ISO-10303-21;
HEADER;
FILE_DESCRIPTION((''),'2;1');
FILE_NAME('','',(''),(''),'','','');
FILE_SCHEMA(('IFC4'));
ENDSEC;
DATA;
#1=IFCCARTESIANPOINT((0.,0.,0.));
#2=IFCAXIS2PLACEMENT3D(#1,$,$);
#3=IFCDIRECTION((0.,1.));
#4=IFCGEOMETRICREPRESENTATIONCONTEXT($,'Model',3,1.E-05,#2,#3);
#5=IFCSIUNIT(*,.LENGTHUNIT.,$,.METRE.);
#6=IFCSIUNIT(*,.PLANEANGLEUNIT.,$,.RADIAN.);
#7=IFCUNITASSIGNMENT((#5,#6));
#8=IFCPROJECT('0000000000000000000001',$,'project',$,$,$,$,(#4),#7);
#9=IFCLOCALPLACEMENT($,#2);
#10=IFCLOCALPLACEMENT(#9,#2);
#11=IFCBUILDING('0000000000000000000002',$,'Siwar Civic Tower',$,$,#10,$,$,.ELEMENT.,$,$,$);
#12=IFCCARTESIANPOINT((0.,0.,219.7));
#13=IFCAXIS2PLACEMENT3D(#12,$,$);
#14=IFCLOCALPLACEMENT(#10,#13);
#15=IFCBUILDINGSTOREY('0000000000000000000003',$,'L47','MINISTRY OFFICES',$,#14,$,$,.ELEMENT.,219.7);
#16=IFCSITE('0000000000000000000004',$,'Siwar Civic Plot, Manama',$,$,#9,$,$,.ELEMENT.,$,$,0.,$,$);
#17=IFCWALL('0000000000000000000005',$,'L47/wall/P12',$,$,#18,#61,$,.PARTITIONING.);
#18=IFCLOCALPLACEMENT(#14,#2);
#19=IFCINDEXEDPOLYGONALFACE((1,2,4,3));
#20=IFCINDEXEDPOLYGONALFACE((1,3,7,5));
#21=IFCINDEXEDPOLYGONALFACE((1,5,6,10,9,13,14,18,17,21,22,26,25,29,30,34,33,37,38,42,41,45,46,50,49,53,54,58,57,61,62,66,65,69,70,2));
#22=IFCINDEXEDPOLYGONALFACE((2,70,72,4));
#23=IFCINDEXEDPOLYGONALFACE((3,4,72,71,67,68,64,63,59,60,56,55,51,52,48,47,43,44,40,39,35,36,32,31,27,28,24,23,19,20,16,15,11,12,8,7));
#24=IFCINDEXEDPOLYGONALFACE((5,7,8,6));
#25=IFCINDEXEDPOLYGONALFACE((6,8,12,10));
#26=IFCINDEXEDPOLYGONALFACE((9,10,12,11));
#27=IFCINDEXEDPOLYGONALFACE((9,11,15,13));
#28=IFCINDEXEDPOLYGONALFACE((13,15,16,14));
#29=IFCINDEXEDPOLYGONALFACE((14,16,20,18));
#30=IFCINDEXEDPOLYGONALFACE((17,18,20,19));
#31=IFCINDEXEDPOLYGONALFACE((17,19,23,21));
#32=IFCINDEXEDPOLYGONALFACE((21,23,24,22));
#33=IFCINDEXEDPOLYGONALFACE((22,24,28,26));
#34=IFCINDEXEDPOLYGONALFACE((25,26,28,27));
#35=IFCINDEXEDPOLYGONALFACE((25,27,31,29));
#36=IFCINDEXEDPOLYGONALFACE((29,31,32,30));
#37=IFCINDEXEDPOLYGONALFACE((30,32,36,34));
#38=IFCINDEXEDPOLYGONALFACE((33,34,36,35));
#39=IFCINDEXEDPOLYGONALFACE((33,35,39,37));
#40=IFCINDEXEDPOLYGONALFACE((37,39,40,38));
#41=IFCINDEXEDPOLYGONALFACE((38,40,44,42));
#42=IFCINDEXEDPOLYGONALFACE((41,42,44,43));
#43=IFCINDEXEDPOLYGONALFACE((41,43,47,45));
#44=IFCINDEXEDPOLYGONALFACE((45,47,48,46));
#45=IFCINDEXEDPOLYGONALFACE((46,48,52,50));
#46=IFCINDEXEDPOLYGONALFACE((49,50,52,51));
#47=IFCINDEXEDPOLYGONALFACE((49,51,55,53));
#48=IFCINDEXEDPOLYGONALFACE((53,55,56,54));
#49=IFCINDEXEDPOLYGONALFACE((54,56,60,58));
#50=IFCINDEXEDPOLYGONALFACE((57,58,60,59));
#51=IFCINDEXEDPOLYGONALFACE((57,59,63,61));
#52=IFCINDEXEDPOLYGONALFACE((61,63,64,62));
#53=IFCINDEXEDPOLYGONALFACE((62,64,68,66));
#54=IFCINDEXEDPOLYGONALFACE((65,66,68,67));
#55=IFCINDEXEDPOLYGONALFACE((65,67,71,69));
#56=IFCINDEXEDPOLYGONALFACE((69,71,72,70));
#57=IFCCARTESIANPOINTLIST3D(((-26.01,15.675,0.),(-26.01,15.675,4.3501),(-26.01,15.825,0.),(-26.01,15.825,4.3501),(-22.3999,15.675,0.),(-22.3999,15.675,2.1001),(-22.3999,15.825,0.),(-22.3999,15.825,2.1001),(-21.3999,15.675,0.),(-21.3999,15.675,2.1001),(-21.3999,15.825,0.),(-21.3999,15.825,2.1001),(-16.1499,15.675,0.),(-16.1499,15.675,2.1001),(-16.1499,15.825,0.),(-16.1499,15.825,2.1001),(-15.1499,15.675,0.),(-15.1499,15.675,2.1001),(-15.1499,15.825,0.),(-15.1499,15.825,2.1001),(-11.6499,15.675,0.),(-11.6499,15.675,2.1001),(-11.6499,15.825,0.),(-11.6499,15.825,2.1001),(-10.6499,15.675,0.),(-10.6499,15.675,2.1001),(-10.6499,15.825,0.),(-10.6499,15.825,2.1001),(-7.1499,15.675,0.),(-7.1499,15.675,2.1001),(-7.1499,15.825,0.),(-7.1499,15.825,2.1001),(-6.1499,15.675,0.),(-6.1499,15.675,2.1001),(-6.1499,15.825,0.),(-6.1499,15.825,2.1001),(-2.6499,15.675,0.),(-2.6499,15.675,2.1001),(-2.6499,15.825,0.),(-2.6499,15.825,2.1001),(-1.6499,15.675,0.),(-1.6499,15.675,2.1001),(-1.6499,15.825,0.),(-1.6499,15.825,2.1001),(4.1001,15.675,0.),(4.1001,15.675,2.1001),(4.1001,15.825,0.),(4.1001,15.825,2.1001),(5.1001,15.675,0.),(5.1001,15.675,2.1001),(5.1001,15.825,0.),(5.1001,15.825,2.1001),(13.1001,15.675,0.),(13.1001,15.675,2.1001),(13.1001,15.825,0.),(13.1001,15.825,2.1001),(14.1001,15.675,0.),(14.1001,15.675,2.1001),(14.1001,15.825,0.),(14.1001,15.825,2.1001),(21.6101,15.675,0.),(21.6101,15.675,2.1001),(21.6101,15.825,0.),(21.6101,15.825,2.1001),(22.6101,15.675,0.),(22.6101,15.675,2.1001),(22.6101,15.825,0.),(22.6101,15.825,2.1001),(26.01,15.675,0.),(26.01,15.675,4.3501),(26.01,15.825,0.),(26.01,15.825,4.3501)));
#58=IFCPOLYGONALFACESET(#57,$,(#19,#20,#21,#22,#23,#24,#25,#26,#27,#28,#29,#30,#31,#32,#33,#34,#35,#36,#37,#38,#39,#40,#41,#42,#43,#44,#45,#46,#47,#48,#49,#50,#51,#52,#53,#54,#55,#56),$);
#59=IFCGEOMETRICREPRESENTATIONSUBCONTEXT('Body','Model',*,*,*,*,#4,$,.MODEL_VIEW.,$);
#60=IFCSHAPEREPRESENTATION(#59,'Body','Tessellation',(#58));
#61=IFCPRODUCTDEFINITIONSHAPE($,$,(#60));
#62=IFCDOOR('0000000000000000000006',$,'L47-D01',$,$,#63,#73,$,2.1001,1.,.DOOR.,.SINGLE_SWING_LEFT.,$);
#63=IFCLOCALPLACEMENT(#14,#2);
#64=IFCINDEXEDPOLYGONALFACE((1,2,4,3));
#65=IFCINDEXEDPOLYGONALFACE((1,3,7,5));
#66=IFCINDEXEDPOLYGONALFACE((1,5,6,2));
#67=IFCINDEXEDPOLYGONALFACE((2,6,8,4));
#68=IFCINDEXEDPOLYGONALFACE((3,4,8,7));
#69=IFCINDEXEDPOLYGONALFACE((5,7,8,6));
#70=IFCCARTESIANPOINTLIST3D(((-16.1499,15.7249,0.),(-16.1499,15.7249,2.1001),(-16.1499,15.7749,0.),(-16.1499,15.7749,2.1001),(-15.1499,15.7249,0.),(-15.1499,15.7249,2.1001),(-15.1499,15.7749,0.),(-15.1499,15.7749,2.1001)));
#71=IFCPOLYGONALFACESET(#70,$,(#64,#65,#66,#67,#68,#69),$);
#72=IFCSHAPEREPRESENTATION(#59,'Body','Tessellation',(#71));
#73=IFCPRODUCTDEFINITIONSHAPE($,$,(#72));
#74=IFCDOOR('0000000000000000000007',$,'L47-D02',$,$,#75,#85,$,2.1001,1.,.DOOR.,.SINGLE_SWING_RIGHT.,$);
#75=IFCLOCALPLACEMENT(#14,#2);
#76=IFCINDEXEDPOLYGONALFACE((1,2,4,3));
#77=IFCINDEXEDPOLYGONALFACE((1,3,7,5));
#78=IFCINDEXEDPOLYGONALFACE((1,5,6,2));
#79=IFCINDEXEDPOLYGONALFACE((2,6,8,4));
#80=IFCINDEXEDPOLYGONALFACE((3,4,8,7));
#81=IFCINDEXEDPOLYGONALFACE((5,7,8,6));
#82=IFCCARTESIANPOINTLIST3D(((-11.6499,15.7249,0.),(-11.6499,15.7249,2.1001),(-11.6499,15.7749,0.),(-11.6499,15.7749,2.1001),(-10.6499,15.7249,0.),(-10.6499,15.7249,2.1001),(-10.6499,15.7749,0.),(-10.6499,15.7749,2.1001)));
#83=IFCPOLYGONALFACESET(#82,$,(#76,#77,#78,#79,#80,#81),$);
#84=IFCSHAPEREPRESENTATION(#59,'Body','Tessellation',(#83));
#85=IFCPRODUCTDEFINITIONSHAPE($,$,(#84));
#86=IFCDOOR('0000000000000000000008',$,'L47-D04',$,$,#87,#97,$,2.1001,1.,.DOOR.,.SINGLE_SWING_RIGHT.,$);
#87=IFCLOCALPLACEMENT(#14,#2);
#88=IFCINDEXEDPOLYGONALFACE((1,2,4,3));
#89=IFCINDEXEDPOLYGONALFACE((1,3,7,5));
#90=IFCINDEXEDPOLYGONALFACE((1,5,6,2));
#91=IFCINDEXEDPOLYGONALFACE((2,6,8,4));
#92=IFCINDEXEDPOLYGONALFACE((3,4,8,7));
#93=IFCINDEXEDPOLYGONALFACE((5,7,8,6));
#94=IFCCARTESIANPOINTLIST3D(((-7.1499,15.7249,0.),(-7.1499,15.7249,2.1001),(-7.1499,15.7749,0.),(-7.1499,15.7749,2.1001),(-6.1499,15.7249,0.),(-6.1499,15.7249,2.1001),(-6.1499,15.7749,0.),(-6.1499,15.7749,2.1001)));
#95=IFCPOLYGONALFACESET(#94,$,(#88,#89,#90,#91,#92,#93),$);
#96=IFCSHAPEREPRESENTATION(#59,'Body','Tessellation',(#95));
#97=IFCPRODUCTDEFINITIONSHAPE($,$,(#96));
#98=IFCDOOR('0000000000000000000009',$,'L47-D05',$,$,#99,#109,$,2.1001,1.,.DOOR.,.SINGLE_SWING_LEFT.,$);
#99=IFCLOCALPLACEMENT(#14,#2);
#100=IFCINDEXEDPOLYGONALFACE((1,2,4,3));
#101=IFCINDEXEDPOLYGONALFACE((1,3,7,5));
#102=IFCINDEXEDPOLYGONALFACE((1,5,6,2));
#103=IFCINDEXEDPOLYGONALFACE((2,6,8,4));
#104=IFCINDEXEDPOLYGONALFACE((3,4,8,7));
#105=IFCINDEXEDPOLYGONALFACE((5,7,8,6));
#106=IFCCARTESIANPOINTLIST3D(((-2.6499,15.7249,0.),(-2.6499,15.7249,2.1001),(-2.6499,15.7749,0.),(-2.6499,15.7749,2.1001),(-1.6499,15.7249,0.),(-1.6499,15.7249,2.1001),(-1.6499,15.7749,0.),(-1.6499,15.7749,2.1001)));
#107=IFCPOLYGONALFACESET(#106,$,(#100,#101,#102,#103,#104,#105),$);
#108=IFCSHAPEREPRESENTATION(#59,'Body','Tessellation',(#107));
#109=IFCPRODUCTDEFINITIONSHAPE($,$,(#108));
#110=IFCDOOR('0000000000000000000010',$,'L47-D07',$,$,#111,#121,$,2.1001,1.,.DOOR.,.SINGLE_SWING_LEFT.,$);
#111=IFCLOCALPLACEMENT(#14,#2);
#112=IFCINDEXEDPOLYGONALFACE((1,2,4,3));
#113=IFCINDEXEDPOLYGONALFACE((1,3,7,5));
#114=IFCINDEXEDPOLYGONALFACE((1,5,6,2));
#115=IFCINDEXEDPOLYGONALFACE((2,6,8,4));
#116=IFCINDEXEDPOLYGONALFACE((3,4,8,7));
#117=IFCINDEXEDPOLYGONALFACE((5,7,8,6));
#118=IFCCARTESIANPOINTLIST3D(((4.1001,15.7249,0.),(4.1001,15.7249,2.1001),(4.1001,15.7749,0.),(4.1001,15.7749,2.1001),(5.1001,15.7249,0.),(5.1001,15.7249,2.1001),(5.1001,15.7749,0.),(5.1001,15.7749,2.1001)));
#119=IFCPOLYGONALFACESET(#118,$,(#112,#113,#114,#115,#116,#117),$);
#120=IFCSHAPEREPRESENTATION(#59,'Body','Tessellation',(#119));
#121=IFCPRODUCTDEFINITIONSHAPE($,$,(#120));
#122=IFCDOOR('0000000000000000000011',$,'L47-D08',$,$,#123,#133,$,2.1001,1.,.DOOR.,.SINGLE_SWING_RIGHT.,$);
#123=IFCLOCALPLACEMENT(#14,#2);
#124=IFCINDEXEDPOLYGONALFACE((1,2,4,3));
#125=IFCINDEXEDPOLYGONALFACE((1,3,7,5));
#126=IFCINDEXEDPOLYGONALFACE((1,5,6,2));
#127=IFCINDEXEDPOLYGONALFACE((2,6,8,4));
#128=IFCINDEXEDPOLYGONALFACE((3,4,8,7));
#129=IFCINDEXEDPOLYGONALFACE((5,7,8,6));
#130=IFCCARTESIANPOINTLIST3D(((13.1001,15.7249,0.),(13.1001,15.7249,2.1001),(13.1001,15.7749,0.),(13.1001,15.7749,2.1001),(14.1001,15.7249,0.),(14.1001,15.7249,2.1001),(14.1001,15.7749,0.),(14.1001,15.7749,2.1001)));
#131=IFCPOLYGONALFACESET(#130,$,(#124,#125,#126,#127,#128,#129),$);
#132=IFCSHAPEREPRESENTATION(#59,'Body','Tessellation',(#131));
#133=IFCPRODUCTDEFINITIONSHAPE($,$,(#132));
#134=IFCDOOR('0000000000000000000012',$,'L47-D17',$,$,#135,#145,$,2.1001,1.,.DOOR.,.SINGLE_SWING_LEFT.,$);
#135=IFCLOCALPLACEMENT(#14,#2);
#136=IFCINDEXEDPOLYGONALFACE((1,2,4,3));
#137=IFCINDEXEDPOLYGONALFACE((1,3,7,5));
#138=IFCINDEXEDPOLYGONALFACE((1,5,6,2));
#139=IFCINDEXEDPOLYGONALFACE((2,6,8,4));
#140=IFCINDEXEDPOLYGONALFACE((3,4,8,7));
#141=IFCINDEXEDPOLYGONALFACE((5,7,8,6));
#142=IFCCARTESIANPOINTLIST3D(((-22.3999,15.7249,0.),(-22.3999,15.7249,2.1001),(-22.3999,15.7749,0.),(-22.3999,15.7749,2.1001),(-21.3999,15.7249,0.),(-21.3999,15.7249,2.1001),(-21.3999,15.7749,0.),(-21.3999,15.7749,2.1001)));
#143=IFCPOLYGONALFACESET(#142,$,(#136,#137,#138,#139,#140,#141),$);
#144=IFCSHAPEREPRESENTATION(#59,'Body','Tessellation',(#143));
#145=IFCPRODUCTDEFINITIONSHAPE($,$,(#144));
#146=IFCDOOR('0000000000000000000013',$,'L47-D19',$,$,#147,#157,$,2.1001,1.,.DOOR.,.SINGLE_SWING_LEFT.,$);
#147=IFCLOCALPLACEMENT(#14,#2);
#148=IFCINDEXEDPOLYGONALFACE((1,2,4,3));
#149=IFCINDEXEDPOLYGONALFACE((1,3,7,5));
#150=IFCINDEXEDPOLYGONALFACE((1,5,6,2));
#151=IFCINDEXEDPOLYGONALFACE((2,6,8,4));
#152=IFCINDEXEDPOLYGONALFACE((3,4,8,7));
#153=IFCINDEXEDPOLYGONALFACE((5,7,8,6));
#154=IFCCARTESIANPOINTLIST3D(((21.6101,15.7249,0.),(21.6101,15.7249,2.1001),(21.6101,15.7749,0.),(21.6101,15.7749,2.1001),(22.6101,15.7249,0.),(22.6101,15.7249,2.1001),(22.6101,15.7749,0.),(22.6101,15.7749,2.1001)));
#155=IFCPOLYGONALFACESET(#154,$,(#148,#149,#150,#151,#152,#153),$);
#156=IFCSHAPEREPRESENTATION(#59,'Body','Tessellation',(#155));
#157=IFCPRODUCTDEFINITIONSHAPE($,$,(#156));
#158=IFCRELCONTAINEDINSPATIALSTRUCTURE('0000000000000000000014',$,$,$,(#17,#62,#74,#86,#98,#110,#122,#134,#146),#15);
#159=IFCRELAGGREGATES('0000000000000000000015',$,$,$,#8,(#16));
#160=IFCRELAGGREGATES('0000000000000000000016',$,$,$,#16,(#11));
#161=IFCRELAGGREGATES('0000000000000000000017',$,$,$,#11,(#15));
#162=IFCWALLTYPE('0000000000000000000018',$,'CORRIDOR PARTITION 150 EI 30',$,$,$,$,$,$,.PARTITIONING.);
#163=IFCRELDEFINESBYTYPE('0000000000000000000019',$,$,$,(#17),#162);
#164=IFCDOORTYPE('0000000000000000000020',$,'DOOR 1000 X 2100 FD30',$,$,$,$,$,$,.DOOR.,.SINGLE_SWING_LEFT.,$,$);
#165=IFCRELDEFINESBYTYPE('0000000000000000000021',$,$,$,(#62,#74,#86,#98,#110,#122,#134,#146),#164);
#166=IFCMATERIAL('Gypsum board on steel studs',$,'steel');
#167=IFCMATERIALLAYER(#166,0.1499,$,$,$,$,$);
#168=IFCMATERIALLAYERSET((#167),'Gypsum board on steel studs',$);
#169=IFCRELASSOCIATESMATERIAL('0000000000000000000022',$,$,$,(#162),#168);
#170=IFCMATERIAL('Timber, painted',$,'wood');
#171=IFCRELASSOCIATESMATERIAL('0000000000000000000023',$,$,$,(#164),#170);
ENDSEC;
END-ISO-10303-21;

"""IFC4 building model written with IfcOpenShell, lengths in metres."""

from ifc_helpers import new_model, si_unit, direction, frame, frame_2d, origin, place, context, subcontext, project, spatial, rectangle, extrude, material, layer, layer_set, type_object, element, fill, save


model = new_model("IFC4")

# Units and contexts
model_context = context("Model", 3, precision=1e-05, world=origin(), true_north=direction((0.0, 1.0)))
body_context = subcontext(model_context, "Body", "Model", "MODEL_VIEW")
ifc_project = project(units=[si_unit("LENGTHUNIT", "METRE"), si_unit("PLANEANGLEUNIT", "RADIAN")], contexts=[model_context])

# Site, building, storey
site_placement = place(None, origin())
site = spatial("IfcSite", under=ifc_project, at=site_placement, Name="Siwar Civic Plot, Manama", CompositionType="ELEMENT", RefElevation=0.0)
building_placement = place(site_placement, origin())
building = spatial("IfcBuilding", under=site, at=building_placement, Name="Siwar Civic Tower", CompositionType="ELEMENT")
storey_placement = place(building_placement, frame((0.0, 0.0, 219.7)))
storey = spatial("IfcBuildingStorey", under=building, at=storey_placement, Name="L47", Description="MINISTRY OFFICES", CompositionType="ELEMENT", Elevation=219.7)

# Shared definitions
ifc_material_1 = material(Name="Gypsum board on steel studs", Category="steel")
ifc_layer_1 = layer(ifc_material_1, 0.1499)
ifc_layer_set_1 = layer_set([ifc_layer_1], Name="Gypsum board on steel studs")
wall_type_1 = type_object("IfcWallType", Name="CORRIDOR PARTITION 150 EI 30", PredefinedType="PARTITIONING", material=ifc_layer_set_1)

# Wall, openings, doors
wall_1_placement = place(storey_placement, frame((-26.01, 15.75, 0.0), z_axis=(0.0, 0.0, 1.0), x_axis=(1.0, 0.0, 0.0)))
wall_1 = element("IfcWall", 1, at=wall_1_placement, inside=storey, type_object=wall_type_1, Name="L47/wall/P12", PredefinedType="PARTITIONING", context=body_context, shape_type="SweptSolid", body=[
    extrude(rectangle(XDim=52.02, YDim=0.1499, at=frame_2d((26.01, 0.0))), origin(), (0.0, 0.0, 1.0), 4.3501),
])
opening_1_placement = place(wall_1_placement, frame((9.8601, 0.0, 0.0)))
opening_1 = element("IfcOpeningElement", 2, at=opening_1_placement, cuts=wall_1, PredefinedType="OPENING", context=body_context, shape_type="SweptSolid", body=[
    extrude(rectangle(XDim=1.0, YDim=2.1001, at=frame_2d((0.5, 1.05))), frame((0.0, 0.085, 0.0), z_axis=(0.0, -1.0, 0.0), x_axis=(1.0, 0.0, 0.0)), (0.0, 0.0, 1.0), 0.1699),
])
opening_2_placement = place(wall_1_placement, frame((14.3601, 0.0, 0.0)))
opening_2 = element("IfcOpeningElement", 3, at=opening_2_placement, cuts=wall_1, PredefinedType="OPENING", context=body_context, shape_type="SweptSolid", body=[
    extrude(rectangle(XDim=1.0, YDim=2.1001, at=frame_2d((0.5, 1.05))), frame((0.0, 0.085, 0.0), z_axis=(0.0, -1.0, 0.0), x_axis=(1.0, 0.0, 0.0)), (0.0, 0.0, 1.0), 0.1699),
])
opening_3_placement = place(wall_1_placement, frame((18.8601, 0.0, 0.0)))
opening_3 = element("IfcOpeningElement", 4, at=opening_3_placement, cuts=wall_1, PredefinedType="OPENING", context=body_context, shape_type="SweptSolid", body=[
    extrude(rectangle(XDim=1.0, YDim=2.1001, at=frame_2d((0.5, 1.05))), frame((0.0, 0.085, 0.0), z_axis=(0.0, -1.0, 0.0), x_axis=(1.0, 0.0, 0.0)), (0.0, 0.0, 1.0), 0.1699),
])
opening_4_placement = place(wall_1_placement, frame((23.3601, 0.0, 0.0)))
opening_4 = element("IfcOpeningElement", 5, at=opening_4_placement, cuts=wall_1, PredefinedType="OPENING", context=body_context, shape_type="SweptSolid", body=[
    extrude(rectangle(XDim=1.0, YDim=2.1001, at=frame_2d((0.5, 1.05))), frame((0.0, 0.085, 0.0), z_axis=(0.0, -1.0, 0.0), x_axis=(1.0, 0.0, 0.0)), (0.0, 0.0, 1.0), 0.1699),
])
opening_5_placement = place(wall_1_placement, frame((30.1101, 0.0, 0.0)))
opening_5 = element("IfcOpeningElement", 6, at=opening_5_placement, cuts=wall_1, PredefinedType="OPENING", context=body_context, shape_type="SweptSolid", body=[
    extrude(rectangle(XDim=1.0, YDim=2.1001, at=frame_2d((0.5, 1.05))), frame((0.0, 0.085, 0.0), z_axis=(0.0, -1.0, 0.0), x_axis=(1.0, 0.0, 0.0)), (0.0, 0.0, 1.0), 0.1699),
])
opening_6_placement = place(wall_1_placement, frame((39.1101, 0.0, 0.0)))
opening_6 = element("IfcOpeningElement", 7, at=opening_6_placement, cuts=wall_1, PredefinedType="OPENING", context=body_context, shape_type="SweptSolid", body=[
    extrude(rectangle(XDim=1.0, YDim=2.1001, at=frame_2d((0.5, 1.05))), frame((0.0, 0.085, 0.0), z_axis=(0.0, -1.0, 0.0), x_axis=(1.0, 0.0, 0.0)), (0.0, 0.0, 1.0), 0.1699),
])
opening_7_placement = place(wall_1_placement, frame((3.6101, 0.0, 0.0)))
opening_7 = element("IfcOpeningElement", 8, at=opening_7_placement, cuts=wall_1, PredefinedType="OPENING", context=body_context, shape_type="SweptSolid", body=[
    extrude(rectangle(XDim=1.0, YDim=2.1001, at=frame_2d((0.5, 1.05))), frame((0.0, 0.085, 0.0), z_axis=(0.0, -1.0, 0.0), x_axis=(1.0, 0.0, 0.0)), (0.0, 0.0, 1.0), 0.1699),
])
opening_8_placement = place(wall_1_placement, frame((47.6201, 0.0, 0.0)))
opening_8 = element("IfcOpeningElement", 9, at=opening_8_placement, cuts=wall_1, PredefinedType="OPENING", context=body_context, shape_type="SweptSolid", body=[
    extrude(rectangle(XDim=1.0, YDim=2.1001, at=frame_2d((0.5, 1.05))), frame((0.0, 0.085, 0.0), z_axis=(0.0, -1.0, 0.0), x_axis=(1.0, 0.0, 0.0)), (0.0, 0.0, 1.0), 0.1699),
])
ifc_material_2 = material(Name="Timber, painted", Category="wood")
door_type = type_object("IfcDoorType", Name="DOOR 1000 X 2100 FD30", OperationType="SINGLE_SWING_LEFT", PredefinedType="DOOR", material=ifc_material_2)
door_1_placement = place(opening_1_placement, origin())
door_1 = element("IfcDoor", 10, at=door_1_placement, inside=storey, type_object=door_type, Name="L47-D01", OperationType="SINGLE_SWING_LEFT", OverallHeight=2.1001, OverallWidth=1.0, PredefinedType="DOOR", context=body_context, shape_type="SweptSolid", body=[
    extrude(rectangle(XDim=1.0, YDim=2.1001, at=frame_2d((0.5, 1.05))), frame((0.0, 0.0249, 0.0), z_axis=(0.0, -1.0, 0.0), x_axis=(1.0, 0.0, 0.0)), (0.0, 0.0, 1.0), 0.05),
])
fill(opening_1, door_1)
door_2_placement = place(opening_2_placement, origin())
door_2 = element("IfcDoor", 11, at=door_2_placement, inside=storey, type_object=door_type, Name="L47-D02", OperationType="SINGLE_SWING_RIGHT", OverallHeight=2.1001, OverallWidth=1.0, PredefinedType="DOOR", context=body_context, shape_type="SweptSolid", body=[
    extrude(rectangle(XDim=1.0, YDim=2.1001, at=frame_2d((0.5, 1.05))), frame((0.0, 0.0249, 0.0), z_axis=(0.0, -1.0, 0.0), x_axis=(1.0, 0.0, 0.0)), (0.0, 0.0, 1.0), 0.05),
])
fill(opening_2, door_2)
door_3_placement = place(opening_3_placement, origin())
door_3 = element("IfcDoor", 12, at=door_3_placement, inside=storey, type_object=door_type, Name="L47-D04", OperationType="SINGLE_SWING_RIGHT", OverallHeight=2.1001, OverallWidth=1.0, PredefinedType="DOOR", context=body_context, shape_type="SweptSolid", body=[
    extrude(rectangle(XDim=1.0, YDim=2.1001, at=frame_2d((0.5, 1.05))), frame((0.0, 0.0249, 0.0), z_axis=(0.0, -1.0, 0.0), x_axis=(1.0, 0.0, 0.0)), (0.0, 0.0, 1.0), 0.05),
])
fill(opening_3, door_3)
door_4_placement = place(opening_4_placement, origin())
door_4 = element("IfcDoor", 13, at=door_4_placement, inside=storey, type_object=door_type, Name="L47-D05", OperationType="SINGLE_SWING_LEFT", OverallHeight=2.1001, OverallWidth=1.0, PredefinedType="DOOR", context=body_context, shape_type="SweptSolid", body=[
    extrude(rectangle(XDim=1.0, YDim=2.1001, at=frame_2d((0.5, 1.05))), frame((0.0, 0.0249, 0.0), z_axis=(0.0, -1.0, 0.0), x_axis=(1.0, 0.0, 0.0)), (0.0, 0.0, 1.0), 0.05),
])
fill(opening_4, door_4)
door_5_placement = place(opening_5_placement, origin())
door_5 = element("IfcDoor", 14, at=door_5_placement, inside=storey, type_object=door_type, Name="L47-D07", OperationType="SINGLE_SWING_LEFT", OverallHeight=2.1001, OverallWidth=1.0, PredefinedType="DOOR", context=body_context, shape_type="SweptSolid", body=[
    extrude(rectangle(XDim=1.0, YDim=2.1001, at=frame_2d((0.5, 1.05))), frame((0.0, 0.0249, 0.0), z_axis=(0.0, -1.0, 0.0), x_axis=(1.0, 0.0, 0.0)), (0.0, 0.0, 1.0), 0.05),
])
fill(opening_5, door_5)
door_6_placement = place(opening_6_placement, origin())
door_6 = element("IfcDoor", 15, at=door_6_placement, inside=storey, type_object=door_type, Name="L47-D08", OperationType="SINGLE_SWING_RIGHT", OverallHeight=2.1001, OverallWidth=1.0, PredefinedType="DOOR", context=body_context, shape_type="SweptSolid", body=[
    extrude(rectangle(XDim=1.0, YDim=2.1001, at=frame_2d((0.5, 1.05))), frame((0.0, 0.0249, 0.0), z_axis=(0.0, -1.0, 0.0), x_axis=(1.0, 0.0, 0.0)), (0.0, 0.0, 1.0), 0.05),
])
fill(opening_6, door_6)
door_7_placement = place(opening_7_placement, origin())
door_7 = element("IfcDoor", 16, at=door_7_placement, inside=storey, type_object=door_type, Name="L47-D17", OperationType="SINGLE_SWING_LEFT", OverallHeight=2.1001, OverallWidth=1.0, PredefinedType="DOOR", context=body_context, shape_type="SweptSolid", body=[
    extrude(rectangle(XDim=1.0, YDim=2.1001, at=frame_2d((0.5, 1.05))), frame((0.0, 0.0249, 0.0), z_axis=(0.0, -1.0, 0.0), x_axis=(1.0, 0.0, 0.0)), (0.0, 0.0, 1.0), 0.05),
])
fill(opening_7, door_7)
door_8_placement = place(opening_8_placement, origin())
door_8 = element("IfcDoor", 17, at=door_8_placement, inside=storey, type_object=door_type, Name="L47-D19", OperationType="SINGLE_SWING_LEFT", OverallHeight=2.1001, OverallWidth=1.0, PredefinedType="DOOR", context=body_context, shape_type="SweptSolid", body=[
    extrude(rectangle(XDim=1.0, YDim=2.1001, at=frame_2d((0.5, 1.05))), frame((0.0, 0.0249, 0.0), z_axis=(0.0, -1.0, 0.0), x_axis=(1.0, 0.0, 0.0)), (0.0, 0.0, 1.0), 0.05),
])
fill(opening_8, door_8)

save(model, "model.ifc")
